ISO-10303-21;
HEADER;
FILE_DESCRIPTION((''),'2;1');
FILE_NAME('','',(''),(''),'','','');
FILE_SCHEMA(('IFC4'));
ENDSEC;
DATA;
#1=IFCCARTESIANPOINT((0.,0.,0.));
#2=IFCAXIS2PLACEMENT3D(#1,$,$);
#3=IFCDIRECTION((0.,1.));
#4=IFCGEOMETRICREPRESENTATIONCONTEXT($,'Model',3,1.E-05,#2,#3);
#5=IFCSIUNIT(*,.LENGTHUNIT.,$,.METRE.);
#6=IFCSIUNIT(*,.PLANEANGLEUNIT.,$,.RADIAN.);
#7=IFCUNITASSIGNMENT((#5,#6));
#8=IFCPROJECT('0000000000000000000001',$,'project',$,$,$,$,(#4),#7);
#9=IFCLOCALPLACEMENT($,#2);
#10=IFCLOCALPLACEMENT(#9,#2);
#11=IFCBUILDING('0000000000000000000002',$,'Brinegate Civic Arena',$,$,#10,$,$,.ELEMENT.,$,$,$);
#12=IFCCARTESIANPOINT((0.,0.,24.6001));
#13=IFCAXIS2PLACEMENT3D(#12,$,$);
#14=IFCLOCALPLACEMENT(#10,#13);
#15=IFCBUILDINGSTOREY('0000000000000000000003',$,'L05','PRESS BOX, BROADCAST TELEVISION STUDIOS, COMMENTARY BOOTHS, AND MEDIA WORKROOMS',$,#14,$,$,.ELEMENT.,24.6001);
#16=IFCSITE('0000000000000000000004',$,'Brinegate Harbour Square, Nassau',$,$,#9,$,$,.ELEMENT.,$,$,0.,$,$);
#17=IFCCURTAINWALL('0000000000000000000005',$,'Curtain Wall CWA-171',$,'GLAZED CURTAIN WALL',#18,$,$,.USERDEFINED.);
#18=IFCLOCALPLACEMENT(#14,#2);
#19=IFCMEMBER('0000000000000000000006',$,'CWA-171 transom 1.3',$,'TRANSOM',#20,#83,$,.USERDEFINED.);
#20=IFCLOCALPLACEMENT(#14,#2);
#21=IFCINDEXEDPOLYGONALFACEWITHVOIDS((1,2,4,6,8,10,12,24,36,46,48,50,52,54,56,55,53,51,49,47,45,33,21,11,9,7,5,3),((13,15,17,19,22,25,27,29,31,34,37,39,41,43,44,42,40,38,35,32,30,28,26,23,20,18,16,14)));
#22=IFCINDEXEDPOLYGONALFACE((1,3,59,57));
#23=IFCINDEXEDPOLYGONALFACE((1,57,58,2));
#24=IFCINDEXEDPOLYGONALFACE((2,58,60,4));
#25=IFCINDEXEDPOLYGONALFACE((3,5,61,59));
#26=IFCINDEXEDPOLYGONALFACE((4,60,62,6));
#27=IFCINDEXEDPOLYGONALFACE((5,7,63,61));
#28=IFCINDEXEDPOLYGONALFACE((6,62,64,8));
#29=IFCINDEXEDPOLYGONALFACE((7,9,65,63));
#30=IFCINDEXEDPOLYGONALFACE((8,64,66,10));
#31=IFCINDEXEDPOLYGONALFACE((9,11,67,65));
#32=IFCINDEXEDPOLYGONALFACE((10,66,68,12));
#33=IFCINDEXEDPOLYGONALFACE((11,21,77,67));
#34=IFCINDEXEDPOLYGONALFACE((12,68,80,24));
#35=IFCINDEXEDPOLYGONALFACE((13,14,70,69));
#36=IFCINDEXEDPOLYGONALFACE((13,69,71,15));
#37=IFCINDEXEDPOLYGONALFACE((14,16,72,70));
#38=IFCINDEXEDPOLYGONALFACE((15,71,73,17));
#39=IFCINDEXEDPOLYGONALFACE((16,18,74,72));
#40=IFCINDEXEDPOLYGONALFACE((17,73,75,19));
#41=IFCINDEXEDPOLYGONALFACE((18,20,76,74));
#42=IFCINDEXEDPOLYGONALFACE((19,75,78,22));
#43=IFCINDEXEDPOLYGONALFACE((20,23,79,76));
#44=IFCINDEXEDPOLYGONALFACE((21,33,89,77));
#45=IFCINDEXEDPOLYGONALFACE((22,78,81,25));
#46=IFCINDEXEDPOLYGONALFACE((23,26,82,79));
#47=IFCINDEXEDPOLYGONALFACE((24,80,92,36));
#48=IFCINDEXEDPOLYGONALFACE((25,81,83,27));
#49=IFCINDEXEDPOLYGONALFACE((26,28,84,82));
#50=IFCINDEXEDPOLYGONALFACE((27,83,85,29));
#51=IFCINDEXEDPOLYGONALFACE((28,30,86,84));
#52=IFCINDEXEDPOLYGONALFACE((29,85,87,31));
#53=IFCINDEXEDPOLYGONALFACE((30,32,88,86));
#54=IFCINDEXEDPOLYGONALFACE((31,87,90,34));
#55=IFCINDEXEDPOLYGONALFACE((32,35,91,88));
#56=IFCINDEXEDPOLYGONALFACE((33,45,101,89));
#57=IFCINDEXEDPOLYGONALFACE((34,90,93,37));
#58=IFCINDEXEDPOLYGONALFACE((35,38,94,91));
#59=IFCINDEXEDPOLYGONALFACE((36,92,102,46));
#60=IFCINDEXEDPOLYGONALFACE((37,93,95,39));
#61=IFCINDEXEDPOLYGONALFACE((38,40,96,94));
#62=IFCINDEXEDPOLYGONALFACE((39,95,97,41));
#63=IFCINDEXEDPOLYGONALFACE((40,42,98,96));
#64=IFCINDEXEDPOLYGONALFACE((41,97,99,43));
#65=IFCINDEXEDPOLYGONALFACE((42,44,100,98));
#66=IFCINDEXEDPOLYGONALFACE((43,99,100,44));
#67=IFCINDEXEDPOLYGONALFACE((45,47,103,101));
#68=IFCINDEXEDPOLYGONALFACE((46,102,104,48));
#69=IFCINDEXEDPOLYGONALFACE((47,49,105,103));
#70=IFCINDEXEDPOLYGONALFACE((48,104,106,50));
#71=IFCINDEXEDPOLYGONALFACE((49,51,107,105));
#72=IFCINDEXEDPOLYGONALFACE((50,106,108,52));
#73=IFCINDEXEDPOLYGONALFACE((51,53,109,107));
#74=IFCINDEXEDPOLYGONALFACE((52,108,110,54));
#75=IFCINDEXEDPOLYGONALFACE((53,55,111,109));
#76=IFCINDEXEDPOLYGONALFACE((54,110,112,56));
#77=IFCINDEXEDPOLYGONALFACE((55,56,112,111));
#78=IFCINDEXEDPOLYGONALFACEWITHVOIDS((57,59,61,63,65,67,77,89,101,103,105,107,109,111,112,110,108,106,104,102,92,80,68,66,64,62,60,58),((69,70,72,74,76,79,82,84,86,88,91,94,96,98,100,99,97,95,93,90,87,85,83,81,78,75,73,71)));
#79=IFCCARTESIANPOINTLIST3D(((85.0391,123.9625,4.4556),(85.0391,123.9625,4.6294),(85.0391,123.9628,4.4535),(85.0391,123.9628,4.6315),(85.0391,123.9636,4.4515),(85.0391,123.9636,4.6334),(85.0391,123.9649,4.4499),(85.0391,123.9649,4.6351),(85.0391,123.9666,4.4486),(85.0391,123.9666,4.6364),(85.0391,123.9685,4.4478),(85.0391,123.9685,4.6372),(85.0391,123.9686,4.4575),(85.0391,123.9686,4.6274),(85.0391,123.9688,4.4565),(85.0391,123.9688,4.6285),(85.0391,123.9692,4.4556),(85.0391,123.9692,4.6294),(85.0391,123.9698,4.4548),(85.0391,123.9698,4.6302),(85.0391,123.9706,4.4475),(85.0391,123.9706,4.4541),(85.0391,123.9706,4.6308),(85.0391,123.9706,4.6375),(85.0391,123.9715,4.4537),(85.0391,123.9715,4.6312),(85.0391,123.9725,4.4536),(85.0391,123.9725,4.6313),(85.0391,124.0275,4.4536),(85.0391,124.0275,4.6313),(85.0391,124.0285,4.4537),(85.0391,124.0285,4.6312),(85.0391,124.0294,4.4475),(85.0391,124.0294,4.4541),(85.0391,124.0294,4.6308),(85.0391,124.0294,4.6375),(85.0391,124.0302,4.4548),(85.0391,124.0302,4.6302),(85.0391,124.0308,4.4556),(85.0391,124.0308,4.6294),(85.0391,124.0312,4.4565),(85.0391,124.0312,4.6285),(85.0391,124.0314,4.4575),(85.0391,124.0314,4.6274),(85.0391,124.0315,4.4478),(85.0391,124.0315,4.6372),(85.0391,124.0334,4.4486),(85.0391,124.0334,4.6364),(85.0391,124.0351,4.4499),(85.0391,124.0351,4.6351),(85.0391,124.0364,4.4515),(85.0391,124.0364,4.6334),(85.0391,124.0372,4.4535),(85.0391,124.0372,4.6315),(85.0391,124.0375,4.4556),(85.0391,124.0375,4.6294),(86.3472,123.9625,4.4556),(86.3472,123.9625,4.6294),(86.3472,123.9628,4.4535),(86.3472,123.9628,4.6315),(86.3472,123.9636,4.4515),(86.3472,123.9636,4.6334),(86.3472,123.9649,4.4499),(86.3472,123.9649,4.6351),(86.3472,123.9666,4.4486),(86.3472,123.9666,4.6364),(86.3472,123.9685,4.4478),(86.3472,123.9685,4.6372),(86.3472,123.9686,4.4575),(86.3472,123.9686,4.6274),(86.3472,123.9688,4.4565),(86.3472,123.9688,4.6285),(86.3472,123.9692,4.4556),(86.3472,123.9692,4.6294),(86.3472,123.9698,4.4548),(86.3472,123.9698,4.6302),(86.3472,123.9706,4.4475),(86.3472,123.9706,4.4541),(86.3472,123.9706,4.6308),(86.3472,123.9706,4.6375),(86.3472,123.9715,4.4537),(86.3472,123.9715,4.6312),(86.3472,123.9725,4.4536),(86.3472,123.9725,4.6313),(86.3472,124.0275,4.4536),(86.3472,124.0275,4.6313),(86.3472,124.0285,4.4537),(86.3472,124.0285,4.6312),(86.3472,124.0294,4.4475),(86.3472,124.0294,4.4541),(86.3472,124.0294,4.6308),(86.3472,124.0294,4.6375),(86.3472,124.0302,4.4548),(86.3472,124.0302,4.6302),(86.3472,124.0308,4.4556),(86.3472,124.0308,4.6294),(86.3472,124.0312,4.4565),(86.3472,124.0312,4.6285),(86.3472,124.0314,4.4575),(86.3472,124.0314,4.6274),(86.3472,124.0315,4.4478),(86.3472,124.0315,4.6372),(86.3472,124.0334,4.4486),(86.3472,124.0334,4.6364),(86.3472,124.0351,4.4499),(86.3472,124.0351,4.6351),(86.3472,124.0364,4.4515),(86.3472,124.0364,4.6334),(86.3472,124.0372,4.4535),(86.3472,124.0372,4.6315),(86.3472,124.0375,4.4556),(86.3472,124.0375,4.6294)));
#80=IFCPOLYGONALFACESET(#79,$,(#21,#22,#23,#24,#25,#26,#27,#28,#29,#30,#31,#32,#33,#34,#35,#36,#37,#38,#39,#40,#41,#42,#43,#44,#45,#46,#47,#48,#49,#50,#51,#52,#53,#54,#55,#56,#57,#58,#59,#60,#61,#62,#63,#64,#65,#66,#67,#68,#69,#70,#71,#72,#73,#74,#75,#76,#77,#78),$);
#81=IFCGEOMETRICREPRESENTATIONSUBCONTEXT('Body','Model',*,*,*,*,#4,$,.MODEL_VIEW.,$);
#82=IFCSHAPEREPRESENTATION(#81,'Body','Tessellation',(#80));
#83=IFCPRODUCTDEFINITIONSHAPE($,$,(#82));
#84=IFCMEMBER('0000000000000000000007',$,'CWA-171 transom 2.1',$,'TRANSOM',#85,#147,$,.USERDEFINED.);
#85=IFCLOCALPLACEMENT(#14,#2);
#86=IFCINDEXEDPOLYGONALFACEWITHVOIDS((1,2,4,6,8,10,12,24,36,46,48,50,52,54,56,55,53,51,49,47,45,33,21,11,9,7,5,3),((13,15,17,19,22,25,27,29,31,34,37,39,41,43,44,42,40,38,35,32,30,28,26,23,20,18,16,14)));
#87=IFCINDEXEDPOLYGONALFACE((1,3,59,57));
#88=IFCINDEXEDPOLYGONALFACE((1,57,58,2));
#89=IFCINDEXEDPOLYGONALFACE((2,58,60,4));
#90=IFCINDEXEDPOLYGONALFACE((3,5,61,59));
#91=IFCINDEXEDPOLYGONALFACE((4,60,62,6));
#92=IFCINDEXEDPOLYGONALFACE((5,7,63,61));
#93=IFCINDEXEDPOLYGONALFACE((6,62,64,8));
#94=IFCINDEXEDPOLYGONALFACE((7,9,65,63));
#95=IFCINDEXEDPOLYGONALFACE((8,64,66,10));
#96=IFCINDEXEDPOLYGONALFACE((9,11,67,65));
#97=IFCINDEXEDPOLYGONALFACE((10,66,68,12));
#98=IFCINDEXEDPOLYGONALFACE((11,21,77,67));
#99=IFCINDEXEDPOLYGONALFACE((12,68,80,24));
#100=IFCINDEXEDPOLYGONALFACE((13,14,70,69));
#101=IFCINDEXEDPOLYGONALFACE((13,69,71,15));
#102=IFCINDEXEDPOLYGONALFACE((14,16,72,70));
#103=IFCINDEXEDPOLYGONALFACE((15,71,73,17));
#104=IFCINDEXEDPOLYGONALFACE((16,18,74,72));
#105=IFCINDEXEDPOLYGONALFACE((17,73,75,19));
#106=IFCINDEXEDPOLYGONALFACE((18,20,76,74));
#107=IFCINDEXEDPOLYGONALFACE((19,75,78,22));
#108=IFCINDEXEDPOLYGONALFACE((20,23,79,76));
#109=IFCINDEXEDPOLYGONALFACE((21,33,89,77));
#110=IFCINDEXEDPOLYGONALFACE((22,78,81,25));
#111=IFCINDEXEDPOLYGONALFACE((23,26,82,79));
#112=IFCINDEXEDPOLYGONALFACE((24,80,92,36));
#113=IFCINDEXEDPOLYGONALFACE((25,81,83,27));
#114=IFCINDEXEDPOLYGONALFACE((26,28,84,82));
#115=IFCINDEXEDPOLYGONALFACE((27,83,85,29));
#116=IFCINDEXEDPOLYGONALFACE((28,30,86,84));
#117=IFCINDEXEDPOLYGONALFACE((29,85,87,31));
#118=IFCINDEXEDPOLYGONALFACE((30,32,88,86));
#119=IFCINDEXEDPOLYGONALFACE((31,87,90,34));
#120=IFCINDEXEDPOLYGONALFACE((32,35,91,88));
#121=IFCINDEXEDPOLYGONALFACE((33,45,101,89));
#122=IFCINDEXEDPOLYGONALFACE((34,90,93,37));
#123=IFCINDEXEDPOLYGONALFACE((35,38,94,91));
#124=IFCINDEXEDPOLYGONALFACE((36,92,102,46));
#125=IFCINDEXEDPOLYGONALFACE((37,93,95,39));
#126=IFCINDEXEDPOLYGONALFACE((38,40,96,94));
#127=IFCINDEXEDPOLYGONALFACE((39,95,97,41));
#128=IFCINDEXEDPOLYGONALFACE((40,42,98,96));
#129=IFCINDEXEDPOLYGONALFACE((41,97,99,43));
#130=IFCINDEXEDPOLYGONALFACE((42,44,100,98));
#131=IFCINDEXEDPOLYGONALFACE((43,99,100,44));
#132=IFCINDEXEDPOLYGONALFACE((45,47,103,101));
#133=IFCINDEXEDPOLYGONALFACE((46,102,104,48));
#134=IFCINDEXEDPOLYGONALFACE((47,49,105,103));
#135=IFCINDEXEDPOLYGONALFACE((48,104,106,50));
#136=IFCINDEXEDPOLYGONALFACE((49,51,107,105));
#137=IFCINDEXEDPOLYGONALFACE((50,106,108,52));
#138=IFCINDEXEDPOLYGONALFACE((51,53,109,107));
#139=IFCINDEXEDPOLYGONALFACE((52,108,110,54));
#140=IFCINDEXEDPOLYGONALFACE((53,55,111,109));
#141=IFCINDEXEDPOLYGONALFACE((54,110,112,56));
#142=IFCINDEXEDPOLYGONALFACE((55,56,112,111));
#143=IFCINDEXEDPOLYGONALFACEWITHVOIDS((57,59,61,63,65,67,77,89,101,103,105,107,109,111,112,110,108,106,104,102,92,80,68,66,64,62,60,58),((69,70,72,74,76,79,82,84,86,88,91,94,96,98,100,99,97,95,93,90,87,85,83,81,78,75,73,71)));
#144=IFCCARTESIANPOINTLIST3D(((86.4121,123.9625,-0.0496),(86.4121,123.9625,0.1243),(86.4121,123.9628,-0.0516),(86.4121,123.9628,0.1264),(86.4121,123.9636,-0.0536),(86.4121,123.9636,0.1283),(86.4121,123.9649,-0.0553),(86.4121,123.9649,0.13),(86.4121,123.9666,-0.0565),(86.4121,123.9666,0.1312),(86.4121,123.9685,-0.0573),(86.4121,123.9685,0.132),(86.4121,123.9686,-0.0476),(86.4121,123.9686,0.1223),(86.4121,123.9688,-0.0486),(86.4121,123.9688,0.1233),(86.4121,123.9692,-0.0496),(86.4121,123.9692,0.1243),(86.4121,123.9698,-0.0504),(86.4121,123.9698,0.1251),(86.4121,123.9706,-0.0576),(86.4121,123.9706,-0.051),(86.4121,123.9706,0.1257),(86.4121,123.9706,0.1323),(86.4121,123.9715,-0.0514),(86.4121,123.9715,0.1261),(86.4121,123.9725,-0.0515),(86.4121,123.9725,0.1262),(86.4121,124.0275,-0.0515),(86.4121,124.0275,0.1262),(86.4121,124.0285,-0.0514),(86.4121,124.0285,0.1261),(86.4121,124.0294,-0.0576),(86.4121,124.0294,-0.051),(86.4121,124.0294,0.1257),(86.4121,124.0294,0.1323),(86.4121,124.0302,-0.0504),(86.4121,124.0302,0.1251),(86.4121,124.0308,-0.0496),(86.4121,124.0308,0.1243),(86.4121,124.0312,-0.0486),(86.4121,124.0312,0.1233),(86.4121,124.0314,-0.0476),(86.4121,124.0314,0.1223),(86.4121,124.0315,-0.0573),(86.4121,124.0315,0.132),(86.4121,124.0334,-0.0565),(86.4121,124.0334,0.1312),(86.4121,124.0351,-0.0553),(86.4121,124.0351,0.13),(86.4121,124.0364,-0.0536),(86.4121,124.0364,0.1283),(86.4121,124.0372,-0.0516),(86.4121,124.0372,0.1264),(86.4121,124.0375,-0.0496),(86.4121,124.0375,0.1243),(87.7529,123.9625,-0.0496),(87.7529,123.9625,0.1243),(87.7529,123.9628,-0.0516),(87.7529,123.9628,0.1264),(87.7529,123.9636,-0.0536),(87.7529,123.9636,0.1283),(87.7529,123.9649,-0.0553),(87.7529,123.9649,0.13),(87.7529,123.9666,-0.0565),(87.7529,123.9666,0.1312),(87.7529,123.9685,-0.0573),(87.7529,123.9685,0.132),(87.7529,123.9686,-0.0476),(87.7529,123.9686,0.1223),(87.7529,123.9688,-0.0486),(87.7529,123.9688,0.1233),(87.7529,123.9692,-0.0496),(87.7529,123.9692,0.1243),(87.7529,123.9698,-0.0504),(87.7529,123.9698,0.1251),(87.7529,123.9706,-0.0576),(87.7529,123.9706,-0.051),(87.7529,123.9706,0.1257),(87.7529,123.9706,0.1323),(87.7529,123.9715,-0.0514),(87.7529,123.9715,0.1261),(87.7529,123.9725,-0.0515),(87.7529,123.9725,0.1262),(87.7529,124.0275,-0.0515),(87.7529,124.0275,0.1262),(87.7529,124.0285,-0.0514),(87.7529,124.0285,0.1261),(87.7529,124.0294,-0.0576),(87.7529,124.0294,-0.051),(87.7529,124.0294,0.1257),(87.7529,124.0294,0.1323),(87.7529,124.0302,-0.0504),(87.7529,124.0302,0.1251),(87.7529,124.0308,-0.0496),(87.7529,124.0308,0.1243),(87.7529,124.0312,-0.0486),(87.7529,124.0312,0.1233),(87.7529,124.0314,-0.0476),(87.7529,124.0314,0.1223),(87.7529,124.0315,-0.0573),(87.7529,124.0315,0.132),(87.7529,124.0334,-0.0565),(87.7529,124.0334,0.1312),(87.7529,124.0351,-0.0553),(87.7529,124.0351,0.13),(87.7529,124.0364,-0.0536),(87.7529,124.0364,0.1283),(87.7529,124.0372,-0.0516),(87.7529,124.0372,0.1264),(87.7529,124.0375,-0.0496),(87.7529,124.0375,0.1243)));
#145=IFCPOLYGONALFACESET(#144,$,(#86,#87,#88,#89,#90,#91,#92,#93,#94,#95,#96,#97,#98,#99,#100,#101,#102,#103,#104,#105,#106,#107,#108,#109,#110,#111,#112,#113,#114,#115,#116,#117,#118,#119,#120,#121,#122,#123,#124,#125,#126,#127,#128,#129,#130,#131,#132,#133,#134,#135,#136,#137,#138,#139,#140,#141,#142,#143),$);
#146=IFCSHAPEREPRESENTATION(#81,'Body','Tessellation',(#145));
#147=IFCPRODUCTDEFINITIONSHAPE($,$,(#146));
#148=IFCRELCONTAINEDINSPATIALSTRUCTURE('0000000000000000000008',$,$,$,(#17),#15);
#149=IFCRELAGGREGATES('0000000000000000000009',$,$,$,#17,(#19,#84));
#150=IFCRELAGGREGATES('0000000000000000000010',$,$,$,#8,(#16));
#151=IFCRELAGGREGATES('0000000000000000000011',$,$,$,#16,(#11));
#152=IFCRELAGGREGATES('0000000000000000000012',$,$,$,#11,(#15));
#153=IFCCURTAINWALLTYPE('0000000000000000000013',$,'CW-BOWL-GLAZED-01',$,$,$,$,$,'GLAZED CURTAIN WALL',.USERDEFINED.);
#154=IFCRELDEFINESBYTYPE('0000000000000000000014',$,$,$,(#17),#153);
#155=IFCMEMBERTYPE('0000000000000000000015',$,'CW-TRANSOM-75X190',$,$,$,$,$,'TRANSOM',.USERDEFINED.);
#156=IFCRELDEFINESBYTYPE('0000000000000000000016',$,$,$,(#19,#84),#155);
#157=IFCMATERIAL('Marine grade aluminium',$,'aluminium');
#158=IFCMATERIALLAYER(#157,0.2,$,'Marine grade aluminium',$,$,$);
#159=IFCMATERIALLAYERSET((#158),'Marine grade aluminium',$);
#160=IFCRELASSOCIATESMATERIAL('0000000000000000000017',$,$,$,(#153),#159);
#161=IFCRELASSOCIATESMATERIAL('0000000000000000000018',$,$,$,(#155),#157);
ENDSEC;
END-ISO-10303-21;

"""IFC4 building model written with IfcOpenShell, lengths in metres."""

from ifc_helpers import new_model, si_unit, direction, frame, origin, origin_2d, place, context, subcontext, project, spatial, hollow_rectangle, extrude, material, layer, layer_set, material_profile, profile_set, type_object, element, aggregate, save


model = new_model("IFC4")

# Units and contexts
model_context = context("Model", 3, precision=1e-05, world=origin(), true_north=direction((0.0, 1.0)))
body_context = subcontext(model_context, "Body", "Model", "MODEL_VIEW")
ifc_project = project(units=[si_unit("LENGTHUNIT", "METRE"), si_unit("PLANEANGLEUNIT", "RADIAN")], contexts=[model_context])

# Site, building, storey
site_placement = place(None, origin())
site = spatial("IfcSite", under=ifc_project, at=site_placement, Name="Brinegate Harbour Square, Nassau", CompositionType="ELEMENT", RefElevation=0.0)
building_placement = place(site_placement, origin())
building = spatial("IfcBuilding", under=site, at=building_placement, Name="Brinegate Civic Arena", CompositionType="ELEMENT")
storey_placement = place(building_placement, frame((0.0, 0.0, 24.6001)))
storey = spatial("IfcBuildingStorey", under=building, at=storey_placement, Name="L05", Description="PRESS BOX, BROADCAST TELEVISION STUDIOS, COMMENTARY BOOTHS, AND MEDIA WORKROOMS", CompositionType="ELEMENT", Elevation=24.6001)

# Curtain wall, members
ifc_material_1 = material(Name="Marine grade aluminium", Category="aluminium")
ifc_layer_1 = layer(ifc_material_1, 0.2, Name="Marine grade aluminium")
ifc_layer_set_1 = layer_set([ifc_layer_1], Name="Marine grade aluminium")
curtain_wall_type = type_object("IfcCurtainWallType", Name="CW-BOWL-GLAZED-01", ElementType="GLAZED CURTAIN WALL", PredefinedType="USERDEFINED", material=ifc_layer_set_1)
curtain_wall_placement = place(storey_placement, origin())
curtain_wall = element("IfcCurtainWall", 1, at=curtain_wall_placement, inside=storey, type_object=curtain_wall_type, Name="Curtain Wall CWA-171", ObjectType="GLAZED CURTAIN WALL", PredefinedType="USERDEFINED")
ifc_material_profile_1 = material_profile(ifc_material_1, hollow_rectangle(XDim=0.075, YDim=0.1899, WallThickness=0.0061, InnerFilletRadius=0.0039, OuterFilletRadius=0.0081, at=origin_2d()), Name="TRN75X190")
ifc_profile_set_1 = profile_set([ifc_material_profile_1], Name="Marine grade aluminium")
member_type_1 = type_object("IfcMemberType", Name="CW-TRANSOM-75X190", ElementType="TRANSOM", PredefinedType="USERDEFINED", material=ifc_profile_set_1)
member_1_placement = place(storey_placement, frame((85.0391, 124.0, 4.5425), z_axis=(1.0, 0.0, 0.0), x_axis=(0.0, 1.0, 0.0)))
member_1 = element("IfcMember", 2, at=member_1_placement, type_object=member_type_1, Name="CWA-171 transom 1.3", ObjectType="TRANSOM", PredefinedType="USERDEFINED", context=body_context, shape_type="SweptSolid", body=[
    extrude(hollow_rectangle(XDim=0.075, YDim=0.1899, WallThickness=0.0061, InnerFilletRadius=0.0039, OuterFilletRadius=0.0081, at=origin_2d()), origin(), (0.0, 0.0, 1.0), 1.3081),
])
member_2_placement = place(storey_placement, frame((86.4121, 124.0, 0.0374), z_axis=(1.0, 0.0, 0.0), x_axis=(0.0, 1.0, 0.0)))
member_2 = element("IfcMember", 3, at=member_2_placement, type_object=member_type_1, Name="CWA-171 transom 2.1", ObjectType="TRANSOM", PredefinedType="USERDEFINED", context=body_context, shape_type="SweptSolid", body=[
    extrude(hollow_rectangle(XDim=0.075, YDim=0.1899, WallThickness=0.0061, InnerFilletRadius=0.0039, OuterFilletRadius=0.0081, at=origin_2d()), origin(), (0.0, 0.0, 1.0), 1.3408),
])

aggregate(curtain_wall, [member_1, member_2])

save(model, "model.ifc")
